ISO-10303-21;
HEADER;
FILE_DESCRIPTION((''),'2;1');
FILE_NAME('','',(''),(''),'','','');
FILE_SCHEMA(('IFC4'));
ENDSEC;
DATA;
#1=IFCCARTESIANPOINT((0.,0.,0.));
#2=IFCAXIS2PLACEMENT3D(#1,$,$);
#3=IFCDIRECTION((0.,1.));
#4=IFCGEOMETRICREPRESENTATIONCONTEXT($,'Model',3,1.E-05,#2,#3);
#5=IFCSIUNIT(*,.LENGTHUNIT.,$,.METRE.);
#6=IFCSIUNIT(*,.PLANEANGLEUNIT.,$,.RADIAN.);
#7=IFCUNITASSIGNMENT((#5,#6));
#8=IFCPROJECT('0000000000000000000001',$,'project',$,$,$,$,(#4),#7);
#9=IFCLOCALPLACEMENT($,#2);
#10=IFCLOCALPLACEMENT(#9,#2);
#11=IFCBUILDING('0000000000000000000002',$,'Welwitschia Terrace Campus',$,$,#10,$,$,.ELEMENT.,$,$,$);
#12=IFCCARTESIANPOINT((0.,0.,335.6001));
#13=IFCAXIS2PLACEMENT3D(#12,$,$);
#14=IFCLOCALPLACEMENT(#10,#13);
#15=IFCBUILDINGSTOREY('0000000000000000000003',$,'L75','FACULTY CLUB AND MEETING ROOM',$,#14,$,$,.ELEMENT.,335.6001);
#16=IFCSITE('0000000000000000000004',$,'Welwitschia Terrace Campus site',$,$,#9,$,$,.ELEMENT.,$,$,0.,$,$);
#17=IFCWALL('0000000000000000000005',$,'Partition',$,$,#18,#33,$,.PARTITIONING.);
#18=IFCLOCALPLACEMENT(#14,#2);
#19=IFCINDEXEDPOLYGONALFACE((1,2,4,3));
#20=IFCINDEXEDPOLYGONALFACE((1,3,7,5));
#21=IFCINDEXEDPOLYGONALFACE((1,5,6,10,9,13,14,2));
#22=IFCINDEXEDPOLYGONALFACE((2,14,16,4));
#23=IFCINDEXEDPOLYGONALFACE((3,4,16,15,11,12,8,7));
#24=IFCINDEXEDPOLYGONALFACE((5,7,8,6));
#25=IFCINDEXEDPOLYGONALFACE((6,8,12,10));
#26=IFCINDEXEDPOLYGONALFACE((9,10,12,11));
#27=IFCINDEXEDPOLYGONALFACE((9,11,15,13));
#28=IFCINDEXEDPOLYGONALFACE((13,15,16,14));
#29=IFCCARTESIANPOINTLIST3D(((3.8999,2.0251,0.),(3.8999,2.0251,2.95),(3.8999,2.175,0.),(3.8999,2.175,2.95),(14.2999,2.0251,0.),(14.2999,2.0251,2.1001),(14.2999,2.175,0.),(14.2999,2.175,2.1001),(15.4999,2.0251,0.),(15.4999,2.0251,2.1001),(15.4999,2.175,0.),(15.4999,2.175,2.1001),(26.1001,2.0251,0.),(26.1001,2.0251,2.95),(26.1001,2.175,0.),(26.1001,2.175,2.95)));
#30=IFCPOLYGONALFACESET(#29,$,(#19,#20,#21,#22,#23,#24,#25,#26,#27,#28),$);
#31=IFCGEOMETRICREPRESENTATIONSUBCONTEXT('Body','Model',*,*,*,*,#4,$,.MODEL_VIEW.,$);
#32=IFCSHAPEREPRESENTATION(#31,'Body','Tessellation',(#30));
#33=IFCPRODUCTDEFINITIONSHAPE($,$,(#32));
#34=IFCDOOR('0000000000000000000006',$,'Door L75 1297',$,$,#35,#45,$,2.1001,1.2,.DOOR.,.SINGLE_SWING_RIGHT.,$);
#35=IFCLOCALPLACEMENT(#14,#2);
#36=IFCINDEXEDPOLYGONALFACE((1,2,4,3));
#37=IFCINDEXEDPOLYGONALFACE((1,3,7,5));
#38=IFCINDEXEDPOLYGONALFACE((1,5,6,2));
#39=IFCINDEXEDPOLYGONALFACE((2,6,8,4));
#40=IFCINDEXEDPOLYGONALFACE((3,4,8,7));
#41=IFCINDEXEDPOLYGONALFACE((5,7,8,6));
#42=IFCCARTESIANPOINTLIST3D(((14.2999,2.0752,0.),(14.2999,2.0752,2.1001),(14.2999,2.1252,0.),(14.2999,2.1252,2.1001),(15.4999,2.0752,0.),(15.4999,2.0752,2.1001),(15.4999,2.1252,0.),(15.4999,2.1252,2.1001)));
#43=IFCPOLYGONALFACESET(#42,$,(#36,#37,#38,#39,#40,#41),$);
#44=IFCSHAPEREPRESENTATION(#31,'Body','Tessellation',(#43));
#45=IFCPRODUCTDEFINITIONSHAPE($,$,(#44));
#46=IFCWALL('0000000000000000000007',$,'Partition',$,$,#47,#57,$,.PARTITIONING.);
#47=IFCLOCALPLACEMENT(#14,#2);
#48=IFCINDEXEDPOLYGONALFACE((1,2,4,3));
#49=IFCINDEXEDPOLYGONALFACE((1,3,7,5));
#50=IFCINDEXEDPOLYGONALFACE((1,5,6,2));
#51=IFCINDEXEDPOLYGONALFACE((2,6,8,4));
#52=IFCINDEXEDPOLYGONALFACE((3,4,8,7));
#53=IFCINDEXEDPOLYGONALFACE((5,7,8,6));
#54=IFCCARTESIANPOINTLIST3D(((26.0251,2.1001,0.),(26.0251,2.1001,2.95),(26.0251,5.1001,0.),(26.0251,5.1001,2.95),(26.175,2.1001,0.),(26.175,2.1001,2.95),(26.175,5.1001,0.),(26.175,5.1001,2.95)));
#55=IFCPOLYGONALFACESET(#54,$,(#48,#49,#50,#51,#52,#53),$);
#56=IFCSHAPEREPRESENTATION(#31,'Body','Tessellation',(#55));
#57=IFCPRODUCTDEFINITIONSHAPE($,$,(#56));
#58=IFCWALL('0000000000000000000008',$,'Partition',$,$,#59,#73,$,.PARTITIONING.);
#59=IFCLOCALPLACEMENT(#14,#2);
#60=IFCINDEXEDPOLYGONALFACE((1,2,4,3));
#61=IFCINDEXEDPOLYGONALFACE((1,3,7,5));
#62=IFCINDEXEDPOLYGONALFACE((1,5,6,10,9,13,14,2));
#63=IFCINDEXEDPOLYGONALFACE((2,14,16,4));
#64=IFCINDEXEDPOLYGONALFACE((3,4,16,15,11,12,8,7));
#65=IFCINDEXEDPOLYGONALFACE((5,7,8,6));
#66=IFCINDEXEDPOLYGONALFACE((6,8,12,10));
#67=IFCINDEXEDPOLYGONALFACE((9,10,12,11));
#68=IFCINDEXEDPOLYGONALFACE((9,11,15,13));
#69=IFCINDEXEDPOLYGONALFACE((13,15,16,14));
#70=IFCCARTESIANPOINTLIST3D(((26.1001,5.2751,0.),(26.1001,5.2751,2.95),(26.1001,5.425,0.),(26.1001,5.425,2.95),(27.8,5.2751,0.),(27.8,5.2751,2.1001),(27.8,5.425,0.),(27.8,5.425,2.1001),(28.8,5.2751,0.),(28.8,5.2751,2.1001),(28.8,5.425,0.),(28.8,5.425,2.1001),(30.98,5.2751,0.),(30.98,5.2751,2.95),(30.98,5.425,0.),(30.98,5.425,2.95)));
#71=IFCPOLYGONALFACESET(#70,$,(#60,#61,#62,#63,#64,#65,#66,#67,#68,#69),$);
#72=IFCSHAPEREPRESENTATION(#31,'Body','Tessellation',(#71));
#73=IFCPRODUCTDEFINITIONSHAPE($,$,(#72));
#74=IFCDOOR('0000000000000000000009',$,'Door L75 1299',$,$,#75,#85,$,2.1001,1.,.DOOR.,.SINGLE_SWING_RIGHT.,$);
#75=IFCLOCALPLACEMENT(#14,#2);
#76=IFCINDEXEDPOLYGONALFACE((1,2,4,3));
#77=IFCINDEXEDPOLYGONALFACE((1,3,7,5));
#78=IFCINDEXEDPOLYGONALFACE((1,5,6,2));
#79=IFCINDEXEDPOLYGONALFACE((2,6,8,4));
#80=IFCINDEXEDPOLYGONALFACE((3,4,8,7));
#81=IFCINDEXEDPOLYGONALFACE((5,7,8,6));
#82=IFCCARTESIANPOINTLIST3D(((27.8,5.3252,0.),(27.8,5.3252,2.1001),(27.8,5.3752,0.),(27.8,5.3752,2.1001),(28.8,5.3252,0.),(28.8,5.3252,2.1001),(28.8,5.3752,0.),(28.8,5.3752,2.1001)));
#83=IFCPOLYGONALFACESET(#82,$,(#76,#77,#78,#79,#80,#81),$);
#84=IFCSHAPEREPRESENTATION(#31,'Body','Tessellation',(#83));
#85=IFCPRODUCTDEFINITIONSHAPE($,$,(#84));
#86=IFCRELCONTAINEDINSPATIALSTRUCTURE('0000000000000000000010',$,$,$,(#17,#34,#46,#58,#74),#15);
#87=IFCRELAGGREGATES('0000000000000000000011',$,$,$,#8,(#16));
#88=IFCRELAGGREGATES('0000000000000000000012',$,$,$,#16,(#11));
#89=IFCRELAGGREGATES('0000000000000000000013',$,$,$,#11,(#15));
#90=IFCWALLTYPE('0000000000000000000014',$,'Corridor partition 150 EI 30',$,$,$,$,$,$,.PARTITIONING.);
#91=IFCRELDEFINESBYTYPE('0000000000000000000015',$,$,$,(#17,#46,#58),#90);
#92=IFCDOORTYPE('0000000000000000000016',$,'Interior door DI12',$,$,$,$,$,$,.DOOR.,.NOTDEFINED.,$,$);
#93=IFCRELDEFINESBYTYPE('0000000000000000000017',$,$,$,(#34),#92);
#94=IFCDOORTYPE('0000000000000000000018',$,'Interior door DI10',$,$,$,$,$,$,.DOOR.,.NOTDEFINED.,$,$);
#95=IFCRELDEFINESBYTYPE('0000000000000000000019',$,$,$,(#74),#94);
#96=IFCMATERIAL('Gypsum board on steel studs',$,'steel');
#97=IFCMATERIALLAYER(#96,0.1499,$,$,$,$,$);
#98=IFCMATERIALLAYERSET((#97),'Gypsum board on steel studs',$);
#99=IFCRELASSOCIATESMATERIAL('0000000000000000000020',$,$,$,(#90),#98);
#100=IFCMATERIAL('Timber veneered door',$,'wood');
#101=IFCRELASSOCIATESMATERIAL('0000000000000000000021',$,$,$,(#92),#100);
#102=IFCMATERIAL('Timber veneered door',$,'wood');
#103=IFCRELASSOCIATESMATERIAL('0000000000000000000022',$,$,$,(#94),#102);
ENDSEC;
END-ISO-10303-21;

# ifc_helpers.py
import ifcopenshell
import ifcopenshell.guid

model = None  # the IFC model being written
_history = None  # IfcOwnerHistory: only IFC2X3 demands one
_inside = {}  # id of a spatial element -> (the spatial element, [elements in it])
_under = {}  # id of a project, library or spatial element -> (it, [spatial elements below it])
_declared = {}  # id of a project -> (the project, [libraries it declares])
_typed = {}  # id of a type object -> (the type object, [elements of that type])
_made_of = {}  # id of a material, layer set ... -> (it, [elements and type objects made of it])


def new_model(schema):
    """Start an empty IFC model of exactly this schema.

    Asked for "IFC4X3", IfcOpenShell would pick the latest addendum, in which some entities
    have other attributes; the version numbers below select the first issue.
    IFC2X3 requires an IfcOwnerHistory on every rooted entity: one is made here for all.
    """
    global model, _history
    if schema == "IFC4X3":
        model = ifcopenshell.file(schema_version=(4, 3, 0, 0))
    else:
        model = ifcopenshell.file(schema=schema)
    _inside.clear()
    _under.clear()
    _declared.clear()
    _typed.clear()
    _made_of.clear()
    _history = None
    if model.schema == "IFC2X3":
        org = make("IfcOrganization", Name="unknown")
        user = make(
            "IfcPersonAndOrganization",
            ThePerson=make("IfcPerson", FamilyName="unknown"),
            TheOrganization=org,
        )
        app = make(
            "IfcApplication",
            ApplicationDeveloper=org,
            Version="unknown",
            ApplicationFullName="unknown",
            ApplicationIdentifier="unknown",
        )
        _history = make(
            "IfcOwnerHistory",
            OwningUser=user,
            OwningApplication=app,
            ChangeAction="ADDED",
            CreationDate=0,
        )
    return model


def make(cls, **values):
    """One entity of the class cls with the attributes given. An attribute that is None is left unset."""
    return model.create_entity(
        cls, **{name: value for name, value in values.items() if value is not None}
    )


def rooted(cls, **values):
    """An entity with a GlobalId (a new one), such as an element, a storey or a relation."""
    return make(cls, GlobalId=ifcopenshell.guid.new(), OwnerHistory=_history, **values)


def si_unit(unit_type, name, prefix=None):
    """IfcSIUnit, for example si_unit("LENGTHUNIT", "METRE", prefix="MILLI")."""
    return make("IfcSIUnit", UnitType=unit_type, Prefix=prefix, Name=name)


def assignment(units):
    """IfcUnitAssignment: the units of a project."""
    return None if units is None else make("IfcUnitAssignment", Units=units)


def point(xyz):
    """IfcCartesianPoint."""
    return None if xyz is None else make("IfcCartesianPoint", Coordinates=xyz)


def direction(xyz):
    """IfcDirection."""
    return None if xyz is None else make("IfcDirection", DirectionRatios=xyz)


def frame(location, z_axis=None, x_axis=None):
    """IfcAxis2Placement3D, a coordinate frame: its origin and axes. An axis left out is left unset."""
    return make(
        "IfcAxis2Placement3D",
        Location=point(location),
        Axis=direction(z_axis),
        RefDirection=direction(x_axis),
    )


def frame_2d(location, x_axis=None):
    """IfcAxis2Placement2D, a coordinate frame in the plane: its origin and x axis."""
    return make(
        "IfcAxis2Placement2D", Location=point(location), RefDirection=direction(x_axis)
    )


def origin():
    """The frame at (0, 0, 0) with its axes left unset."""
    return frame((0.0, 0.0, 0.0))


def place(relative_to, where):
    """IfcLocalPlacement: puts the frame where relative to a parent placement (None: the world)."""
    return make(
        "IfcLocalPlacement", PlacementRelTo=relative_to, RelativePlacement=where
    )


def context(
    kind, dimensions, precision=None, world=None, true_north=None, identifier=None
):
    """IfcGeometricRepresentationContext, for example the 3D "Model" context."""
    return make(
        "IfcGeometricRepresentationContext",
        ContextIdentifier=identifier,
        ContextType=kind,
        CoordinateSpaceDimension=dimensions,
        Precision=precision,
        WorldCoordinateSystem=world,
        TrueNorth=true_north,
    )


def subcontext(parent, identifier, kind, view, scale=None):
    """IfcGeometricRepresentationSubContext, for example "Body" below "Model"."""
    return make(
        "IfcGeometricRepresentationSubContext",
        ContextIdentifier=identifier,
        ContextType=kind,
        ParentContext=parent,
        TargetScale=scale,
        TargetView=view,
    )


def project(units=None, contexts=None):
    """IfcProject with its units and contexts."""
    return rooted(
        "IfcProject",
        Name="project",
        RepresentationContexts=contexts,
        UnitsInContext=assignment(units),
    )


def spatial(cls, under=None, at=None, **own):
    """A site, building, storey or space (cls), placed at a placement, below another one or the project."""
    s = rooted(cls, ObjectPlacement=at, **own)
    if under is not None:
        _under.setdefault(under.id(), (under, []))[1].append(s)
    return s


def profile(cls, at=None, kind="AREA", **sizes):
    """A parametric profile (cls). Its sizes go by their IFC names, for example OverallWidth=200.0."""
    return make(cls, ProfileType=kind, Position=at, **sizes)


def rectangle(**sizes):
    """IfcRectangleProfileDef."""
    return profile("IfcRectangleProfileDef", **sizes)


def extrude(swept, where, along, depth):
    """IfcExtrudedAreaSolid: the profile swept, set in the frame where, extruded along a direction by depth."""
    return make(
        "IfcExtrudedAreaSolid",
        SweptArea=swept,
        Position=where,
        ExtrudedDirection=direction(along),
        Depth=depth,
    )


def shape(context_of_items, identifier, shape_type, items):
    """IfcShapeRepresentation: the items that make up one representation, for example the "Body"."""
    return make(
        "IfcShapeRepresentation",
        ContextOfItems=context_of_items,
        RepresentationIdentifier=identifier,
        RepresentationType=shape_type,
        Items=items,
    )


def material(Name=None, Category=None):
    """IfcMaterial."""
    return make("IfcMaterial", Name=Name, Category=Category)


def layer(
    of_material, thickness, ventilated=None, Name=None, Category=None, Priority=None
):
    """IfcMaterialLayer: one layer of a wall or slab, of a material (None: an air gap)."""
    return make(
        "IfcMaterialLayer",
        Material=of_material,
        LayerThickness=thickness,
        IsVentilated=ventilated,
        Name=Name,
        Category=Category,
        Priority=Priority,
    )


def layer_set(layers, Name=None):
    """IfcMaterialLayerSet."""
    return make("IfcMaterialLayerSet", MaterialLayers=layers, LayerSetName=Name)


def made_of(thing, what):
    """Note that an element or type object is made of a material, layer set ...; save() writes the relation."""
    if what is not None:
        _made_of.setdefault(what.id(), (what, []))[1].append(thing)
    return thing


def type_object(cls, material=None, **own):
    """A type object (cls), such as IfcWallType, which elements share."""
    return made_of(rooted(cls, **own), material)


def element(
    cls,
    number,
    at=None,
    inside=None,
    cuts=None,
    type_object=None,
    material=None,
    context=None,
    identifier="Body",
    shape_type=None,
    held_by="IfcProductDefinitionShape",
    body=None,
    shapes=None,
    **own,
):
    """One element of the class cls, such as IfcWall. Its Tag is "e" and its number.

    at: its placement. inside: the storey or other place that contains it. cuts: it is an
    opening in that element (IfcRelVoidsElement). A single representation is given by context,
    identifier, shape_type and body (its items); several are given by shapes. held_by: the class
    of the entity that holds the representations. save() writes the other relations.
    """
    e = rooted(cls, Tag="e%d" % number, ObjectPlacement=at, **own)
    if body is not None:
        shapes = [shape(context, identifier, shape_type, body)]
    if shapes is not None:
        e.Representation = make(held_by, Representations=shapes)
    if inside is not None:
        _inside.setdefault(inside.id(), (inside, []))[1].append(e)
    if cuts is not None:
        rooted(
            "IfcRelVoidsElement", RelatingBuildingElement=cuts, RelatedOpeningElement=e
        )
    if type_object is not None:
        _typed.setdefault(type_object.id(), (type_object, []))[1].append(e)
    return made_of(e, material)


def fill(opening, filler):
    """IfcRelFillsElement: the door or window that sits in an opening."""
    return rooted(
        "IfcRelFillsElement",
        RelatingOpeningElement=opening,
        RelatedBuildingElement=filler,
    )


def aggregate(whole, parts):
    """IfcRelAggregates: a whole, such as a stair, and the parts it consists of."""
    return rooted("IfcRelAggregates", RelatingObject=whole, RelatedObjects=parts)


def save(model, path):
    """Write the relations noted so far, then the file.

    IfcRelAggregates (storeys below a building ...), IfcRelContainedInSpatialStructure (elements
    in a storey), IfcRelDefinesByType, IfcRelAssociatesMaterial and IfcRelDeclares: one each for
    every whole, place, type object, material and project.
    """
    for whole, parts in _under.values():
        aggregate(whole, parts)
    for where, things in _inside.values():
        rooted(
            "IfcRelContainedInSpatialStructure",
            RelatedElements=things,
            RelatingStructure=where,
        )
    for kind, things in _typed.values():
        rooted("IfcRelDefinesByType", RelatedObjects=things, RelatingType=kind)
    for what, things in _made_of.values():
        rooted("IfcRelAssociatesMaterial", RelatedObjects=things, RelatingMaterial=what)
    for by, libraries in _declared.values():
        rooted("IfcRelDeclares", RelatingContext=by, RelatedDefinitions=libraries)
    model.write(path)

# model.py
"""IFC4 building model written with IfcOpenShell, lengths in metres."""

from ifc_helpers import new_model, si_unit, direction, frame, frame_2d, origin, place, context, subcontext, project, spatial, rectangle, extrude, material, layer, layer_set, type_object, element, fill, save


model = new_model("IFC4")

# Units and contexts
model_context = context("Model", 3, precision=1e-05, world=origin(), true_north=direction((0.0, 1.0)))
body_context = subcontext(model_context, "Body", "Model", "MODEL_VIEW")
ifc_project = project(units=[si_unit("LENGTHUNIT", "METRE"), si_unit("PLANEANGLEUNIT", "RADIAN")], contexts=[model_context])

# Site, building, storey
site_placement = place(None, origin())
site = spatial("IfcSite", under=ifc_project, at=site_placement, Name="Welwitschia Terrace Campus site", CompositionType="ELEMENT", RefElevation=0.0)
building_placement = place(site_placement, origin())
building = spatial("IfcBuilding", under=site, at=building_placement, Name="Welwitschia Terrace Campus", CompositionType="ELEMENT")
storey_placement = place(building_placement, frame((0.0, 0.0, 335.6001)))
storey = spatial("IfcBuildingStorey", under=building, at=storey_placement, Name="L75", Description="FACULTY CLUB AND MEETING ROOM", CompositionType="ELEMENT", Elevation=335.6001)

# Shared definitions
ifc_material_1 = material(Name="Gypsum board on steel studs", Category="steel")
ifc_layer_1 = layer(ifc_material_1, 0.1499)
ifc_layer_set_1 = layer_set([ifc_layer_1], Name="Gypsum board on steel studs")
wall_type = type_object("IfcWallType", Name="Corridor partition 150 EI 30", PredefinedType="PARTITIONING", material=ifc_layer_set_1)

# Wall, opening, door
wall_1_placement = place(storey_placement, frame((26.1001, 2.1001, 0.0), z_axis=(0.0, 0.0, 1.0), x_axis=(-1.0, 0.0, 0.0)))
wall_1 = element("IfcWall", 1, at=wall_1_placement, inside=storey, type_object=wall_type, Name="Partition", PredefinedType="PARTITIONING", context=body_context, shape_type="SweptSolid", body=[
    extrude(rectangle(XDim=22.2002, YDim=0.1499, at=frame_2d((11.1001, 0.0))), origin(), (0.0, 0.0, 1.0), 2.95),
])
opening_1_placement = place(wall_1_placement, frame((10.6001, 0.0, 0.0)))
opening_1 = element("IfcOpeningElement", 2, at=opening_1_placement, cuts=wall_1, PredefinedType="OPENING", context=body_context, shape_type="SweptSolid", body=[
    extrude(rectangle(XDim=1.2, YDim=2.1001, at=frame_2d((0.6001, 1.05))), frame((0.0, 0.085, 0.0), z_axis=(0.0, -1.0, 0.0), x_axis=(1.0, 0.0, 0.0)), (0.0, 0.0, 1.0), 0.1699),
])
ifc_material_2 = material(Name="Timber veneered door", Category="wood")
door_type_1 = type_object("IfcDoorType", Name="Interior door DI12", OperationType="NOTDEFINED", PredefinedType="DOOR", material=ifc_material_2)
door_1_placement = place(opening_1_placement, origin())
door_1 = element("IfcDoor", 3, at=door_1_placement, inside=storey, type_object=door_type_1, Name="Door L75 1297", OperationType="SINGLE_SWING_RIGHT", OverallHeight=2.1001, OverallWidth=1.2, PredefinedType="DOOR", context=body_context, shape_type="SweptSolid", body=[
    extrude(rectangle(XDim=1.2, YDim=2.1001, at=frame_2d((0.6001, 1.05))), frame((0.0, 0.0249, 0.0), z_axis=(0.0, -1.0, 0.0), x_axis=(1.0, 0.0, 0.0)), (0.0, 0.0, 1.0), 0.05),
])
fill(opening_1, door_1)

# Wall
wall_2_placement = place(storey_placement, frame((26.1001, 2.1001, 0.0), z_axis=(0.0, 0.0, 1.0), x_axis=(0.0, 1.0, 0.0)))
element("IfcWall", 4, at=wall_2_placement, inside=storey, type_object=wall_type, Name="Partition", PredefinedType="PARTITIONING", context=body_context, shape_type="SweptSolid", body=[
    extrude(rectangle(XDim=3.0, YDim=0.1499, at=frame_2d((1.5, 0.0))), origin(), (0.0, 0.0, 1.0), 2.95),
])

# Wall, opening, door
wall_3_placement = place(storey_placement, frame((30.98, 5.3501, 0.0), z_axis=(0.0, 0.0, 1.0), x_axis=(-1.0, 0.0, 0.0)))
wall_3 = element("IfcWall", 5, at=wall_3_placement, inside=storey, type_object=wall_type, Name="Partition", PredefinedType="PARTITIONING", context=body_context, shape_type="SweptSolid", body=[
    extrude(rectangle(XDim=4.8799, YDim=0.1499, at=frame_2d((2.4399, 0.0))), origin(), (0.0, 0.0, 1.0), 2.95),
])
opening_2_placement = place(wall_3_placement, frame((2.1799, 0.0, 0.0)))
opening_2 = element("IfcOpeningElement", 6, at=opening_2_placement, cuts=wall_3, PredefinedType="OPENING", context=body_context, shape_type="SweptSolid", body=[
    extrude(rectangle(XDim=1.0, YDim=2.1001, at=frame_2d((0.5, 1.05))), frame((0.0, 0.085, 0.0), z_axis=(0.0, -1.0, 0.0), x_axis=(1.0, 0.0, 0.0)), (0.0, 0.0, 1.0), 0.1699),
])
ifc_material_3 = material(Name="Timber veneered door", Category="wood")
door_type_2 = type_object("IfcDoorType", Name="Interior door DI10", OperationType="NOTDEFINED", PredefinedType="DOOR", material=ifc_material_3)
door_2_placement = place(opening_2_placement, origin())
door_2 = element("IfcDoor", 7, at=door_2_placement, inside=storey, type_object=door_type_2, Name="Door L75 1299", OperationType="SINGLE_SWING_RIGHT", OverallHeight=2.1001, OverallWidth=1.0, PredefinedType="DOOR", context=body_context, shape_type="SweptSolid", body=[
    extrude(rectangle(XDim=1.0, YDim=2.1001, at=frame_2d((0.5, 1.05))), frame((0.0, 0.0249, 0.0), z_axis=(0.0, -1.0, 0.0), x_axis=(1.0, 0.0, 0.0)), (0.0, 0.0, 1.0), 0.05),
])
fill(opening_2, door_2)

save(model, "model.ifc")
